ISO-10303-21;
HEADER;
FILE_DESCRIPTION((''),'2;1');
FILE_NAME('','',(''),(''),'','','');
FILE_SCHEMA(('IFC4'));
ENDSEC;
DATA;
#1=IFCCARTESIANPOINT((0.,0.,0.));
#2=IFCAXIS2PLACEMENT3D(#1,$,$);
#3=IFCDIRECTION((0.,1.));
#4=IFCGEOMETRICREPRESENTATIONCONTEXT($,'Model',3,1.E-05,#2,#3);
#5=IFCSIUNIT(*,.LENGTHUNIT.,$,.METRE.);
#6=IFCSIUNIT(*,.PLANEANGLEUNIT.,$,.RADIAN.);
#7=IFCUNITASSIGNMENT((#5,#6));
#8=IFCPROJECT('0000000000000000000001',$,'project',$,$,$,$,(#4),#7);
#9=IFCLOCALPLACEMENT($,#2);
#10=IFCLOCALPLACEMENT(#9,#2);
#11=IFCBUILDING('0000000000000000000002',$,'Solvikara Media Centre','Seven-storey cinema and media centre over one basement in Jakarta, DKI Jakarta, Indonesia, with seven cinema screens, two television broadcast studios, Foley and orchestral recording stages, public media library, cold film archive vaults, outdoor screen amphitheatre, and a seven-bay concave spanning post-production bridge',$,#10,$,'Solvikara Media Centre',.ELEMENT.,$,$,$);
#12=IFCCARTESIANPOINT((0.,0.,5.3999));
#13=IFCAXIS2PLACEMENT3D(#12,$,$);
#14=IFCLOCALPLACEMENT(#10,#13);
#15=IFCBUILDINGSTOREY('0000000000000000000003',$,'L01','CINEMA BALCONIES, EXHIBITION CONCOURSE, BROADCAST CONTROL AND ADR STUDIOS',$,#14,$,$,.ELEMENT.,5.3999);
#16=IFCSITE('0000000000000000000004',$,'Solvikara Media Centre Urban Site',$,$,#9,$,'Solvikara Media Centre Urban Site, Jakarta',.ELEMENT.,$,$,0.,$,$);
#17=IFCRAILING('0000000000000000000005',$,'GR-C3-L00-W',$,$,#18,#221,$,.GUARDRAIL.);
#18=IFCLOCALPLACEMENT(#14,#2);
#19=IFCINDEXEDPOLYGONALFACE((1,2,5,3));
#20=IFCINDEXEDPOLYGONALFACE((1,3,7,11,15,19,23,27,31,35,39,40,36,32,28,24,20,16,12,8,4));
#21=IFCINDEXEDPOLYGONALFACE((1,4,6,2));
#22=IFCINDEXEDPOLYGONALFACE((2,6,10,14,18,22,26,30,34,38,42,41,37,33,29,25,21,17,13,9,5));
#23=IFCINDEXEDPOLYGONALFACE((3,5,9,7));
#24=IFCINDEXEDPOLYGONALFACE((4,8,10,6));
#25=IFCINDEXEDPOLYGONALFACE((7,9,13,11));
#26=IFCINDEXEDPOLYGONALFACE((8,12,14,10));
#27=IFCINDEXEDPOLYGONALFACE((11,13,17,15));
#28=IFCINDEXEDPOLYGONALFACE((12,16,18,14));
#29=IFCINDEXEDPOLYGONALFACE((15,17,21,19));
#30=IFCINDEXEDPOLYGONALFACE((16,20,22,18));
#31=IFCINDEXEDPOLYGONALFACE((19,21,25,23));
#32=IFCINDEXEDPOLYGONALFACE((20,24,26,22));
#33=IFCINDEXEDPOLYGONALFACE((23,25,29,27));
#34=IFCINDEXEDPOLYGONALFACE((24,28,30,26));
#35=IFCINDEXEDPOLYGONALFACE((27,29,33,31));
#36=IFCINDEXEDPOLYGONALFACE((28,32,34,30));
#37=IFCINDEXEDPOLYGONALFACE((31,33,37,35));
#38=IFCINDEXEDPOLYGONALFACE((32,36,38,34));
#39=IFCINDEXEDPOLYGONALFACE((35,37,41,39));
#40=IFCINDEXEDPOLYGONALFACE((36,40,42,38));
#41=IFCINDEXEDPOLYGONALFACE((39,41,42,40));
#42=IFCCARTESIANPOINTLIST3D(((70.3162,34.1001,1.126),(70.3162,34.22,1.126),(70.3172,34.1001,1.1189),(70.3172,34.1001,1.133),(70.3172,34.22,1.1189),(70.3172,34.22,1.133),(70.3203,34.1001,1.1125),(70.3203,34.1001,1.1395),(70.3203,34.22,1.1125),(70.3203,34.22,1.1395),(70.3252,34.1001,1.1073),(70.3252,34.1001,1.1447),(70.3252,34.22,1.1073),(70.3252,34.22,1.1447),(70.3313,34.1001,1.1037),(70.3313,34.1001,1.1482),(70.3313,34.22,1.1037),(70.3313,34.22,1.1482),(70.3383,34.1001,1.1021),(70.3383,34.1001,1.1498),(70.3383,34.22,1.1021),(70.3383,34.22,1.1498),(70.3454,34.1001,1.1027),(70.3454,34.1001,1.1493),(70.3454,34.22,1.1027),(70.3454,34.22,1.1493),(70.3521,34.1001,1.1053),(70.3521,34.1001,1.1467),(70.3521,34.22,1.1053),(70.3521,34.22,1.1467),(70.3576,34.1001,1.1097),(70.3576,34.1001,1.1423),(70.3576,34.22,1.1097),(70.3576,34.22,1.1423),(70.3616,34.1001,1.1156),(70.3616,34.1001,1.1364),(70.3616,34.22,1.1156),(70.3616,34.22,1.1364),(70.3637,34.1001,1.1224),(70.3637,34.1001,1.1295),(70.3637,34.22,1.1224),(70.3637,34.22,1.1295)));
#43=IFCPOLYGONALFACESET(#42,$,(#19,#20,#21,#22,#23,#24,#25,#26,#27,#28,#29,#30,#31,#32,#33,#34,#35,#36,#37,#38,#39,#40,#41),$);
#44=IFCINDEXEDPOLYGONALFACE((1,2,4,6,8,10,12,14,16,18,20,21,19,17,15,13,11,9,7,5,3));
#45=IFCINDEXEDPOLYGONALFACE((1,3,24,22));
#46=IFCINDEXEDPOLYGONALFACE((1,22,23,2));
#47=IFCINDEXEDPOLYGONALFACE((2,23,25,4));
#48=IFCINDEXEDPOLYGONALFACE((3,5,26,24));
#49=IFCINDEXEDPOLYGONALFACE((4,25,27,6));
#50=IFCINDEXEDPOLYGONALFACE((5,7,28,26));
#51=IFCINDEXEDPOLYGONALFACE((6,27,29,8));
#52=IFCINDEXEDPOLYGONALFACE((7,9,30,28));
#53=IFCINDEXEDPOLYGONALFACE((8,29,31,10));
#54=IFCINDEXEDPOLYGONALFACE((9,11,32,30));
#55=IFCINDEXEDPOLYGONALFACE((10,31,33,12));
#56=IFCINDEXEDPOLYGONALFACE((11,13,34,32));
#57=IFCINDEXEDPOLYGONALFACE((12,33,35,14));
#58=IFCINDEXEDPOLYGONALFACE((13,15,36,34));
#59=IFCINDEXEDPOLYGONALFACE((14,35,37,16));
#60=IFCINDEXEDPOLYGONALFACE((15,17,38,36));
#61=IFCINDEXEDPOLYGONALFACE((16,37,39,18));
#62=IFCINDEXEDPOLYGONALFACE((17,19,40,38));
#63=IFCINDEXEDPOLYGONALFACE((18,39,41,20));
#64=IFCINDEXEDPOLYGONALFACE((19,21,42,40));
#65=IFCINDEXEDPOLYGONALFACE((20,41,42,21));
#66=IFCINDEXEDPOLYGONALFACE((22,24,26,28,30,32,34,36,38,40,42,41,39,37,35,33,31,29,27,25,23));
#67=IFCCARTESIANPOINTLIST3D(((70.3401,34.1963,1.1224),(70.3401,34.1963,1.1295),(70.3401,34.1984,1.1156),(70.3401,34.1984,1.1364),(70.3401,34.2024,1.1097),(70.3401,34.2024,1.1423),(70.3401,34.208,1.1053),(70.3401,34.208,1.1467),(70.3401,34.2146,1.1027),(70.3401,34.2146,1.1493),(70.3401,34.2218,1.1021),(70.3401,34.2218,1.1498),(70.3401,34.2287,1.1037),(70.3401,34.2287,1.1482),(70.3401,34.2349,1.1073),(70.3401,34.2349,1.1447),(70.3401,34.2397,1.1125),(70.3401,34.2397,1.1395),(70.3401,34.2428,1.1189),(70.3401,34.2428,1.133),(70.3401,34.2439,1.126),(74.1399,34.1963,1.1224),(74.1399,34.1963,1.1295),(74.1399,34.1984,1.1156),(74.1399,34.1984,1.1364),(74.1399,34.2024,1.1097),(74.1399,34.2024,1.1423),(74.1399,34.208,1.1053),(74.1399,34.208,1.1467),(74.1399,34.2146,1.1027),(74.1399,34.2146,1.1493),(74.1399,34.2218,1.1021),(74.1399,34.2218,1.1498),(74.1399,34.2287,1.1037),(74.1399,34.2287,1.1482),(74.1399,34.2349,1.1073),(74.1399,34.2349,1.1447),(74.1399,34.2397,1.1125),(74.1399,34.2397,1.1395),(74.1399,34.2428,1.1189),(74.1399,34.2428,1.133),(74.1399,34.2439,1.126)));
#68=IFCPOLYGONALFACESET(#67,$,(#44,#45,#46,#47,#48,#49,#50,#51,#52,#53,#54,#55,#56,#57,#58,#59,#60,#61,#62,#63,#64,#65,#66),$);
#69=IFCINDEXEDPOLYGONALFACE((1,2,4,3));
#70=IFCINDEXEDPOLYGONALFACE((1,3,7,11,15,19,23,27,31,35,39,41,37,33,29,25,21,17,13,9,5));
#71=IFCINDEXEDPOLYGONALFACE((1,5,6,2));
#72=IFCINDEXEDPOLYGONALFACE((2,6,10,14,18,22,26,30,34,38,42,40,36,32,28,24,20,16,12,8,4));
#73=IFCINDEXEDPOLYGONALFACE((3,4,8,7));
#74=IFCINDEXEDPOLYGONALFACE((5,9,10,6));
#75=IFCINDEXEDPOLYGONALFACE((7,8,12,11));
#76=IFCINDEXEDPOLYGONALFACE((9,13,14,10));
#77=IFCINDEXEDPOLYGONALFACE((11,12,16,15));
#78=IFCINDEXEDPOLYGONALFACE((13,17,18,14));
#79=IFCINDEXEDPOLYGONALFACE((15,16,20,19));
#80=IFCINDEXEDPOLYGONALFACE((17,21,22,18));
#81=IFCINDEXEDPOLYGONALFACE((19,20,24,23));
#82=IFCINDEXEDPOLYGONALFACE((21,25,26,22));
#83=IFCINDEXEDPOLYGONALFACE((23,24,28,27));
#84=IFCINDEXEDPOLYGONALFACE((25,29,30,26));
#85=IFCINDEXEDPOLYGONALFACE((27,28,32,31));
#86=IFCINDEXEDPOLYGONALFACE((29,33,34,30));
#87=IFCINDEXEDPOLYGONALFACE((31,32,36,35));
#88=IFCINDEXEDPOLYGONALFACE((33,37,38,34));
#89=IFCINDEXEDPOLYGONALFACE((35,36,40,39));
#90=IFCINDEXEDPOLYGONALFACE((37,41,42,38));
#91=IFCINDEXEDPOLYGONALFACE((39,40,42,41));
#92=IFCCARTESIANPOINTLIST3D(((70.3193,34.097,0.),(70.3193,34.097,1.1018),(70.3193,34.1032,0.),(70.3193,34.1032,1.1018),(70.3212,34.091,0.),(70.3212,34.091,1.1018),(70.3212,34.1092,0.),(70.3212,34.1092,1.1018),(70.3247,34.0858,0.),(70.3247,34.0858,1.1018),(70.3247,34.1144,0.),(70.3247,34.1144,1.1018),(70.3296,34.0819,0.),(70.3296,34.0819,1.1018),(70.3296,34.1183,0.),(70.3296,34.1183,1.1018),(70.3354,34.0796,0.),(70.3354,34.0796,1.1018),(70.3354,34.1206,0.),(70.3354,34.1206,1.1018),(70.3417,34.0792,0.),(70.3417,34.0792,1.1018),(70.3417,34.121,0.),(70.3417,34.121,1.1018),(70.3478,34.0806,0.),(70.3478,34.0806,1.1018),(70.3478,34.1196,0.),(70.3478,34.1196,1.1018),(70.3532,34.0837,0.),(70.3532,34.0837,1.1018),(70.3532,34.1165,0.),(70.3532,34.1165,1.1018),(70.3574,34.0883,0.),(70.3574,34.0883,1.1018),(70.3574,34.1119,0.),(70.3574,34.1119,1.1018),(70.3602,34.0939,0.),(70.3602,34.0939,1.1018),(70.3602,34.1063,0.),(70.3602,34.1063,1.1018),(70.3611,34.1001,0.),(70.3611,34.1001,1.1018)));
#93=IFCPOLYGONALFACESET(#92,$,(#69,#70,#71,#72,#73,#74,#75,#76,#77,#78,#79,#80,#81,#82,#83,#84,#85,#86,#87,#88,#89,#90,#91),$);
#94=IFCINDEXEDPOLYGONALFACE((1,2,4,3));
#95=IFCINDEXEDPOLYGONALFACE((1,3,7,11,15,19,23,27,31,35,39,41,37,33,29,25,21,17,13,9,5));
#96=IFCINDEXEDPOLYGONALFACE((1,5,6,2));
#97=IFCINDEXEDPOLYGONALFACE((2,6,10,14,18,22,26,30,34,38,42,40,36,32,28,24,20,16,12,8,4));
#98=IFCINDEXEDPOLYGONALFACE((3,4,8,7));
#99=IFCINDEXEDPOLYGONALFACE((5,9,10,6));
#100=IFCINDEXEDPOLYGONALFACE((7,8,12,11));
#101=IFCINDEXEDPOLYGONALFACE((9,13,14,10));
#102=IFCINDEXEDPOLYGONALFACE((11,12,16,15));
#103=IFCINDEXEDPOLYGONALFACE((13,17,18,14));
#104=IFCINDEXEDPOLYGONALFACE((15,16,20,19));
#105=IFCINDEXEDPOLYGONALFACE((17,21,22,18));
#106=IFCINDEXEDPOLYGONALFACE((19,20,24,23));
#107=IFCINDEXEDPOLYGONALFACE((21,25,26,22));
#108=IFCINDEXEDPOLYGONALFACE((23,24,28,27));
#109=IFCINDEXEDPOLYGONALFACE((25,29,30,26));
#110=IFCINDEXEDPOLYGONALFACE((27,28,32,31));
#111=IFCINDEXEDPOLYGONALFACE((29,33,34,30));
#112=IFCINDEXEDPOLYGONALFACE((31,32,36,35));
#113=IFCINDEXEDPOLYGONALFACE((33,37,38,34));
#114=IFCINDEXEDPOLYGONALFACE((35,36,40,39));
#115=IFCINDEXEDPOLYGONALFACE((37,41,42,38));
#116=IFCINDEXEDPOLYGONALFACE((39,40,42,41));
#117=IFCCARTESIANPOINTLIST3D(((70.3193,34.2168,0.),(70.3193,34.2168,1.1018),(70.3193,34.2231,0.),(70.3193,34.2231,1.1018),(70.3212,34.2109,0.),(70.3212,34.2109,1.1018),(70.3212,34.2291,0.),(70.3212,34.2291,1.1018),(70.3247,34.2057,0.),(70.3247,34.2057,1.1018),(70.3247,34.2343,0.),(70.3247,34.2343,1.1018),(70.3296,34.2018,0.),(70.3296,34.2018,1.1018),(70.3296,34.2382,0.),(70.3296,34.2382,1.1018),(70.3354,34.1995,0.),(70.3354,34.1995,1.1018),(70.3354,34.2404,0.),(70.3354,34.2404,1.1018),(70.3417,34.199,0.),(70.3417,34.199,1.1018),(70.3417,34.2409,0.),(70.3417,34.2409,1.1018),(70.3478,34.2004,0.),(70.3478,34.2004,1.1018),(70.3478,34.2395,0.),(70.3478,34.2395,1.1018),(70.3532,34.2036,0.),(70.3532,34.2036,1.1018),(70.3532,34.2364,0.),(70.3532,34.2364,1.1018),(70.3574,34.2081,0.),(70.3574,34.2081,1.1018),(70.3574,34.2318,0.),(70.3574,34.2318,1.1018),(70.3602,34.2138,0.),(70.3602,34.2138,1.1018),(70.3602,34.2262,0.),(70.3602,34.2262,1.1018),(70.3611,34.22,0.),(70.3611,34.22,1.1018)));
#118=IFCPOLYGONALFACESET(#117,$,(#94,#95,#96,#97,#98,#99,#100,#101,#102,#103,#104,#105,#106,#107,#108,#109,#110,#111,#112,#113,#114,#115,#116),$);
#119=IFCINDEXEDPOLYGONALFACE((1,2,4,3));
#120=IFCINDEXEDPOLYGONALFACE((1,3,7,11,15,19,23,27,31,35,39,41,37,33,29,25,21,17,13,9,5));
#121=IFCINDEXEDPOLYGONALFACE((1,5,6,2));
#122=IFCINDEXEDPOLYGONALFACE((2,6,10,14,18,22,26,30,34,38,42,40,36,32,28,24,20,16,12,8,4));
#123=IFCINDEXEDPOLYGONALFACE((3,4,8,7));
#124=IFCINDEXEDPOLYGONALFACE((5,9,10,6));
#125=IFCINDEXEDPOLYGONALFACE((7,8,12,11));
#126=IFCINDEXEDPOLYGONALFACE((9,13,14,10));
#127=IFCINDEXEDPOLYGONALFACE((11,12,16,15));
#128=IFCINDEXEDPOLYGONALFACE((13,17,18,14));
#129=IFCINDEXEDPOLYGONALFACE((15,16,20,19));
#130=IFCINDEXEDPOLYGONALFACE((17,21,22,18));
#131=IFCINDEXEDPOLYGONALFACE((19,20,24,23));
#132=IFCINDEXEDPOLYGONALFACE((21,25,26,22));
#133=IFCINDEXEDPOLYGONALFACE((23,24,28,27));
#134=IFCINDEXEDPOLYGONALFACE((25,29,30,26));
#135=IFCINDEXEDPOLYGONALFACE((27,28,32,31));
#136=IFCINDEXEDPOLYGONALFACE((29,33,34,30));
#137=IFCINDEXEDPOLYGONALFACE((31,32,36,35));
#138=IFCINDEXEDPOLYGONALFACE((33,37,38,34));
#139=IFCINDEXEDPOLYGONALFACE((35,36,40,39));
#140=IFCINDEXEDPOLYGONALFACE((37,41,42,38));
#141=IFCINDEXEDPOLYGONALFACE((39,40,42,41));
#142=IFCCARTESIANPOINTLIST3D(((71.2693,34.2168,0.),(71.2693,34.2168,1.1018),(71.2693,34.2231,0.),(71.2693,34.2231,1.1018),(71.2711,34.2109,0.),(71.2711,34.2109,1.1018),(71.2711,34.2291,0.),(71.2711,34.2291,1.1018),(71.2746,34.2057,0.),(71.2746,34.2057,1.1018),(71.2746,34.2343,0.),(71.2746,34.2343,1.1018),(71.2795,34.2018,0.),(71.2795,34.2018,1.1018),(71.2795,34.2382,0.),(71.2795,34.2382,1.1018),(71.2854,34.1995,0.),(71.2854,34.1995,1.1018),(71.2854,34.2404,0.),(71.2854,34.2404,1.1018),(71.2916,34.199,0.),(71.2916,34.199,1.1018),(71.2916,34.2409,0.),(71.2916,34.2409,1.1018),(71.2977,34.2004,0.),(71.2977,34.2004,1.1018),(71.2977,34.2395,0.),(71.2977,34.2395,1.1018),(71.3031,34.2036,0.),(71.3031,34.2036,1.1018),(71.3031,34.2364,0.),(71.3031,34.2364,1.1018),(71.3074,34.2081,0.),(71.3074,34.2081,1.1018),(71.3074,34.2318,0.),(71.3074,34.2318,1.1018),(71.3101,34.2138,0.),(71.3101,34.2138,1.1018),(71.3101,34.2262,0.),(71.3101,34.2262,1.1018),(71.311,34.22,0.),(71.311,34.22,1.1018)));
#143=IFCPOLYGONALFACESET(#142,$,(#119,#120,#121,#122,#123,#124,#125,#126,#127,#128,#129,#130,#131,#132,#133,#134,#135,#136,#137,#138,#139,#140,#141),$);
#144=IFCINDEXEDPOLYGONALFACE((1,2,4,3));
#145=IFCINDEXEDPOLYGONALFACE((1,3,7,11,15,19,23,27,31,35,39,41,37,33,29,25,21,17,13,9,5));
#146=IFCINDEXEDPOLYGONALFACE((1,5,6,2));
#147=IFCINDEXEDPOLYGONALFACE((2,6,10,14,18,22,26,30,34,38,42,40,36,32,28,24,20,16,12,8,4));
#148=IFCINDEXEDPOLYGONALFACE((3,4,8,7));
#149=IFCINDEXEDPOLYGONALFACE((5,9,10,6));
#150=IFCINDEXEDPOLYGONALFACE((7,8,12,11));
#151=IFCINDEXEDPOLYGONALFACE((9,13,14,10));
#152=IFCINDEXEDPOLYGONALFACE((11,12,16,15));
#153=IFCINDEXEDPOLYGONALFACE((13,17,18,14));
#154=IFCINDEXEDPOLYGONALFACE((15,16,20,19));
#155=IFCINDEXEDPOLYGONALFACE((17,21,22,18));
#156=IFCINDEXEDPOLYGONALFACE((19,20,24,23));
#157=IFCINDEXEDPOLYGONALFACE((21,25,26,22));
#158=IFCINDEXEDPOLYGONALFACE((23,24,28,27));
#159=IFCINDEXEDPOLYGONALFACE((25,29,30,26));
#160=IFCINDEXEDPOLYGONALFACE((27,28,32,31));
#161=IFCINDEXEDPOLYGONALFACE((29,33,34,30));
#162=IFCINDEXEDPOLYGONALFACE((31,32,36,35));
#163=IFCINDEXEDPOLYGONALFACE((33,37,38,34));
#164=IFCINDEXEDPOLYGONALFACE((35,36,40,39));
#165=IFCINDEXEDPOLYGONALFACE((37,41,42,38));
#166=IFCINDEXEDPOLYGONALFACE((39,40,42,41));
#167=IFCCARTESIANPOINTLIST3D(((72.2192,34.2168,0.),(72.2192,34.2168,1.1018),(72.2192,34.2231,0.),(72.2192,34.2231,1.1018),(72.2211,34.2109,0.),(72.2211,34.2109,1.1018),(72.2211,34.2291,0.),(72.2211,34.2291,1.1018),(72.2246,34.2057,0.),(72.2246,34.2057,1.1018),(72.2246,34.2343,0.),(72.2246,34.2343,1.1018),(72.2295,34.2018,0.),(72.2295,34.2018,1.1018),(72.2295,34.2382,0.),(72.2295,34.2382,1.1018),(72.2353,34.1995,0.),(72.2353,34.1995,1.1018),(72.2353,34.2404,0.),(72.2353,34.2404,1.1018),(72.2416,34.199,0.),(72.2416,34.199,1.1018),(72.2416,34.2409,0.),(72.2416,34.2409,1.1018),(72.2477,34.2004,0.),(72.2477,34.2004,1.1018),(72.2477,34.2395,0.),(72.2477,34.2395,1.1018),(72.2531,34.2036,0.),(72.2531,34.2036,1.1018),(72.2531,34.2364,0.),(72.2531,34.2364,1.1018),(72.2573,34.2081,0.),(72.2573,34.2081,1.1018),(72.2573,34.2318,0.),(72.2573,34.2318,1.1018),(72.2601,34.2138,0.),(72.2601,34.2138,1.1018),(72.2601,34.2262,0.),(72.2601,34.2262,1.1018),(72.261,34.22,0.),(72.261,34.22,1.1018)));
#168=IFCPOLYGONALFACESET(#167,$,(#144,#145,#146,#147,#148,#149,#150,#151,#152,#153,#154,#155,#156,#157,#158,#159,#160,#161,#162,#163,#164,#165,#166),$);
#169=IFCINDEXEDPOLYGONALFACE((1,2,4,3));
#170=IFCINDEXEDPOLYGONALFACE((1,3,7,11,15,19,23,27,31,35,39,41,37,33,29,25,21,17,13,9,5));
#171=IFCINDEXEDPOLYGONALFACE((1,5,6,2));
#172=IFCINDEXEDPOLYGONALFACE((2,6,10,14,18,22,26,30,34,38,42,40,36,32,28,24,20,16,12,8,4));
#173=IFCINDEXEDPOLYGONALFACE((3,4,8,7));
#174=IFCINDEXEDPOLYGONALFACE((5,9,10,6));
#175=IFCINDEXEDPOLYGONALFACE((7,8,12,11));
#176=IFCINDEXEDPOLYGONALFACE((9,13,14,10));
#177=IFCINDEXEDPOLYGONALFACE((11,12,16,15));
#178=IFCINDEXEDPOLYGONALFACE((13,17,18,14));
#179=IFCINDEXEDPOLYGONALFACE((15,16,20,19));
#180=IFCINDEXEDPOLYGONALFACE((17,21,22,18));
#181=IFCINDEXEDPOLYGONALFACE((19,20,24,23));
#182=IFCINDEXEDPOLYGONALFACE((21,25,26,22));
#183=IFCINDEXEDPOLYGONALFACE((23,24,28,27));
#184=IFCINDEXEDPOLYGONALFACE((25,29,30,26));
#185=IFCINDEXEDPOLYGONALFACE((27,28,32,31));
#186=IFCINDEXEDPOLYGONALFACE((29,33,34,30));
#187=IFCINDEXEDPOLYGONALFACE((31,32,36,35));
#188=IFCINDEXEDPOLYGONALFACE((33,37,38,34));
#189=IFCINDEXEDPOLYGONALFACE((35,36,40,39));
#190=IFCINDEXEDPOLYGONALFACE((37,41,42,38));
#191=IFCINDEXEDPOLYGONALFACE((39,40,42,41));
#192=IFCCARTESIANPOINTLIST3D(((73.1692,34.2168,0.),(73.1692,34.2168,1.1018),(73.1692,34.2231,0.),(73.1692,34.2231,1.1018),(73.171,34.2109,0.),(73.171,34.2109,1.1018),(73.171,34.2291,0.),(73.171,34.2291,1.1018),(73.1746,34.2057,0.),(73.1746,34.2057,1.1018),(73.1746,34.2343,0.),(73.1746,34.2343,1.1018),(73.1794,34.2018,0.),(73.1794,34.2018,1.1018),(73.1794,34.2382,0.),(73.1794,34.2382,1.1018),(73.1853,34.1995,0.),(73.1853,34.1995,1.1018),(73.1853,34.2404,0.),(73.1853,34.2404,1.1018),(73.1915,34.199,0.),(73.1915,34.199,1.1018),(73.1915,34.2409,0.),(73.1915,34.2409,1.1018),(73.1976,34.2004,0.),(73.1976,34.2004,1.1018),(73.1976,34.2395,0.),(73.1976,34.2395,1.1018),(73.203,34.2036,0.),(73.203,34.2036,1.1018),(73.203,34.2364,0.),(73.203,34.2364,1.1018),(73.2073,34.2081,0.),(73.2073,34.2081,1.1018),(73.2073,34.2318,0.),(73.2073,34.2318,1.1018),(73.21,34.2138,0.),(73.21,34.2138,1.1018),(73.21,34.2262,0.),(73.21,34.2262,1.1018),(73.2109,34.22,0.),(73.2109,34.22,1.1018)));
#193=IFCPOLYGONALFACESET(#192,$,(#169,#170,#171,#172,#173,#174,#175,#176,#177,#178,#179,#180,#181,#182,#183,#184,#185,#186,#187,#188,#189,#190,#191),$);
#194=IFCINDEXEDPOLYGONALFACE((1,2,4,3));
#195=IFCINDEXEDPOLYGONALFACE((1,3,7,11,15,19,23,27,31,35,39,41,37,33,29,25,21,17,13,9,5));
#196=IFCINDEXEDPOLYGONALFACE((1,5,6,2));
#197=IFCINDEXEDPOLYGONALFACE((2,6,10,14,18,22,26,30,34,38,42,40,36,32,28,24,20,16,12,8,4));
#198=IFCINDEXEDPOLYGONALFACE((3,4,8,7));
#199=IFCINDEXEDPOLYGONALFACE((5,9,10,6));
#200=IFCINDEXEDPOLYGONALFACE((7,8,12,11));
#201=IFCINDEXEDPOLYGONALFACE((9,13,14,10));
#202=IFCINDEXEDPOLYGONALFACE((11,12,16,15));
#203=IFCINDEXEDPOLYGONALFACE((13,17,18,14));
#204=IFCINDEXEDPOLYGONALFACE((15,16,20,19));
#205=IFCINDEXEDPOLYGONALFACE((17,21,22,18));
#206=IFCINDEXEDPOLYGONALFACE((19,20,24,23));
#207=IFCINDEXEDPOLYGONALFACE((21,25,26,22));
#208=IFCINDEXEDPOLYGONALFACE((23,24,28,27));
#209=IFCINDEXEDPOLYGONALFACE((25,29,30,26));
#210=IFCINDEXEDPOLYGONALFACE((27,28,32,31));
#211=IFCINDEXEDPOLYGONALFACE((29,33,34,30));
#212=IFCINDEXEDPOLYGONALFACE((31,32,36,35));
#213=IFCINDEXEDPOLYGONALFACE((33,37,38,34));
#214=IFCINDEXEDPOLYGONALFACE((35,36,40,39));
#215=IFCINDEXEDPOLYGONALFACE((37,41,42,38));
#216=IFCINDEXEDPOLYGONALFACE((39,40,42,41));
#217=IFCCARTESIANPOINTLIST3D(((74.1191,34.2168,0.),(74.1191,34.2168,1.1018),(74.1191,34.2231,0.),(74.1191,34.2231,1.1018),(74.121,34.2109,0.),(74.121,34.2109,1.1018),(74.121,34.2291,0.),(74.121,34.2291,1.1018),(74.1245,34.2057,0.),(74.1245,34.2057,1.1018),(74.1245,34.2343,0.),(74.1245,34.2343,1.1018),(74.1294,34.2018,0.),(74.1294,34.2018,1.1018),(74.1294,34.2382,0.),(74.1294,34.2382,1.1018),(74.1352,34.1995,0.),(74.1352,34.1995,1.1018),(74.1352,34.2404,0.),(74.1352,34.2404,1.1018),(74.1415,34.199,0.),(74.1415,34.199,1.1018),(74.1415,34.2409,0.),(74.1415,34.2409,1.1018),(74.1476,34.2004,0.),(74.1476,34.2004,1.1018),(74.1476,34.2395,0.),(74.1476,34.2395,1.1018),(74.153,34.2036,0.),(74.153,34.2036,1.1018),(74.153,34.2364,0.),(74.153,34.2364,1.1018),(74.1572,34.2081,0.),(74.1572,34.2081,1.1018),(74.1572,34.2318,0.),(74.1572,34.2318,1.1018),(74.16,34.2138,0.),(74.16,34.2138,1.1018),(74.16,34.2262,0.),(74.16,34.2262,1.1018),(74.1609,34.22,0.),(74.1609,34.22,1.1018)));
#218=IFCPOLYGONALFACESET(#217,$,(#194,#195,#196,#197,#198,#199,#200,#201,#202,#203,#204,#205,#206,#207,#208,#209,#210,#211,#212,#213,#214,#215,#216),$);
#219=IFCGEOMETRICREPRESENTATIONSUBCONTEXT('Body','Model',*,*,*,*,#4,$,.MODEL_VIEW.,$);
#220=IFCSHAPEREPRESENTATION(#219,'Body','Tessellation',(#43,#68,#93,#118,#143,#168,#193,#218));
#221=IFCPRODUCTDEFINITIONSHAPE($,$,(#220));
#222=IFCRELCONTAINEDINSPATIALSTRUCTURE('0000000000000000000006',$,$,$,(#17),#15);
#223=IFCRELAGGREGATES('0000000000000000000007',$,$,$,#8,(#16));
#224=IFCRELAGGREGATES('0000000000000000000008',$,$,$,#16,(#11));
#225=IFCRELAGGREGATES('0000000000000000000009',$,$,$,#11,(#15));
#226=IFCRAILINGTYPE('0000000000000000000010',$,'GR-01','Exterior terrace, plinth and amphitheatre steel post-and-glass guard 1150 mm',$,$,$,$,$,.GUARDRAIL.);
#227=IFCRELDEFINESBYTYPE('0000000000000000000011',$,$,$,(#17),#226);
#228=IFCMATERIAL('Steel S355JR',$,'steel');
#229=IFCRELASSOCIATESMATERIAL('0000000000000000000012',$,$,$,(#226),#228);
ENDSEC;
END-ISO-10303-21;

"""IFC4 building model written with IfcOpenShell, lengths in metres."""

from ifc_helpers import new_model, si_unit, direction, frame, origin, origin_2d, place, context, subcontext, project, spatial, circle, extrude, material, type_object, element, save


model = new_model("IFC4")

# Units and contexts
model_context = context("Model", 3, precision=1e-05, world=origin(), true_north=direction((0.0, 1.0)))
body_context = subcontext(model_context, "Body", "Model", "MODEL_VIEW")
ifc_project = project(units=[si_unit("LENGTHUNIT", "METRE"), si_unit("PLANEANGLEUNIT", "RADIAN")], contexts=[model_context])

# Site, building, storey
site_placement = place(None, origin())
site = spatial("IfcSite", under=ifc_project, at=site_placement, Name="Solvikara Media Centre Urban Site", LongName="Solvikara Media Centre Urban Site, Jakarta", CompositionType="ELEMENT", RefElevation=0.0)
building_placement = place(site_placement, origin())
building = spatial("IfcBuilding", under=site, at=building_placement, Name="Solvikara Media Centre", Description="Seven-storey cinema and media centre over one basement in Jakarta, DKI Jakarta, Indonesia, with seven cinema screens, two television broadcast studios, Foley and orchestral recording stages, public media library, cold film archive vaults, outdoor screen amphitheatre, and a seven-bay concave spanning post-production bridge", LongName="Solvikara Media Centre", CompositionType="ELEMENT")
storey_placement = place(building_placement, frame((0.0, 0.0, 5.3999)))
storey = spatial("IfcBuildingStorey", under=building, at=storey_placement, Name="L01", Description="CINEMA BALCONIES, EXHIBITION CONCOURSE, BROADCAST CONTROL AND ADR STUDIOS", CompositionType="ELEMENT", Elevation=5.3999)

# Railing
ifc_material_1 = material(Name="Steel S355JR", Category="steel")
railing_type_1 = type_object("IfcRailingType", Name="GR-01", Description="Exterior terrace, plinth and amphitheatre steel post-and-glass guard 1150 mm", PredefinedType="GUARDRAIL", material=ifc_material_1)
railing_1_placement = place(storey_placement, frame((70.3401, 34.1001, 0.0)))
element("IfcRailing", 1, at=railing_1_placement, inside=storey, type_object=railing_type_1, Name="GR-C3-L00-W", PredefinedType="GUARDRAIL", context=body_context, shape_type="SweptSolid", body=[
    extrude(circle(Radius=0.0239, at=origin_2d()), frame((0.0, 0.0, 1.126), z_axis=(0.0, 1.0, 0.0), x_axis=(-1.0, 0.0, 0.0)), (0.0, 0.0, 1.0), 0.1199),
    extrude(circle(Radius=0.0239, at=origin_2d()), frame((0.0, 0.1199, 1.126), z_axis=(1.0, 0.0, 0.0), x_axis=(0.0, 1.0, 0.0)), (0.0, 0.0, 1.0), 3.7998),
    extrude(circle(Radius=0.021, at=origin_2d()), origin(), (0.0, 0.0, 1.0), 1.1018),
    extrude(circle(Radius=0.021, at=origin_2d()), frame((0.0, 0.1199, 0.0)), (0.0, 0.0, 1.0), 1.1018),
    extrude(circle(Radius=0.021, at=origin_2d()), frame((0.95, 0.1199, 0.0)), (0.0, 0.0, 1.0), 1.1018),
    extrude(circle(Radius=0.021, at=origin_2d()), frame((1.8999, 0.1199, 0.0)), (0.0, 0.0, 1.0), 1.1018),
    extrude(circle(Radius=0.021, at=origin_2d()), frame((2.8499, 0.1199, 0.0)), (0.0, 0.0, 1.0), 1.1018),
    extrude(circle(Radius=0.021, at=origin_2d()), frame((3.7998, 0.1199, 0.0)), (0.0, 0.0, 1.0), 1.1018),
])

save(model, "model.ifc")
